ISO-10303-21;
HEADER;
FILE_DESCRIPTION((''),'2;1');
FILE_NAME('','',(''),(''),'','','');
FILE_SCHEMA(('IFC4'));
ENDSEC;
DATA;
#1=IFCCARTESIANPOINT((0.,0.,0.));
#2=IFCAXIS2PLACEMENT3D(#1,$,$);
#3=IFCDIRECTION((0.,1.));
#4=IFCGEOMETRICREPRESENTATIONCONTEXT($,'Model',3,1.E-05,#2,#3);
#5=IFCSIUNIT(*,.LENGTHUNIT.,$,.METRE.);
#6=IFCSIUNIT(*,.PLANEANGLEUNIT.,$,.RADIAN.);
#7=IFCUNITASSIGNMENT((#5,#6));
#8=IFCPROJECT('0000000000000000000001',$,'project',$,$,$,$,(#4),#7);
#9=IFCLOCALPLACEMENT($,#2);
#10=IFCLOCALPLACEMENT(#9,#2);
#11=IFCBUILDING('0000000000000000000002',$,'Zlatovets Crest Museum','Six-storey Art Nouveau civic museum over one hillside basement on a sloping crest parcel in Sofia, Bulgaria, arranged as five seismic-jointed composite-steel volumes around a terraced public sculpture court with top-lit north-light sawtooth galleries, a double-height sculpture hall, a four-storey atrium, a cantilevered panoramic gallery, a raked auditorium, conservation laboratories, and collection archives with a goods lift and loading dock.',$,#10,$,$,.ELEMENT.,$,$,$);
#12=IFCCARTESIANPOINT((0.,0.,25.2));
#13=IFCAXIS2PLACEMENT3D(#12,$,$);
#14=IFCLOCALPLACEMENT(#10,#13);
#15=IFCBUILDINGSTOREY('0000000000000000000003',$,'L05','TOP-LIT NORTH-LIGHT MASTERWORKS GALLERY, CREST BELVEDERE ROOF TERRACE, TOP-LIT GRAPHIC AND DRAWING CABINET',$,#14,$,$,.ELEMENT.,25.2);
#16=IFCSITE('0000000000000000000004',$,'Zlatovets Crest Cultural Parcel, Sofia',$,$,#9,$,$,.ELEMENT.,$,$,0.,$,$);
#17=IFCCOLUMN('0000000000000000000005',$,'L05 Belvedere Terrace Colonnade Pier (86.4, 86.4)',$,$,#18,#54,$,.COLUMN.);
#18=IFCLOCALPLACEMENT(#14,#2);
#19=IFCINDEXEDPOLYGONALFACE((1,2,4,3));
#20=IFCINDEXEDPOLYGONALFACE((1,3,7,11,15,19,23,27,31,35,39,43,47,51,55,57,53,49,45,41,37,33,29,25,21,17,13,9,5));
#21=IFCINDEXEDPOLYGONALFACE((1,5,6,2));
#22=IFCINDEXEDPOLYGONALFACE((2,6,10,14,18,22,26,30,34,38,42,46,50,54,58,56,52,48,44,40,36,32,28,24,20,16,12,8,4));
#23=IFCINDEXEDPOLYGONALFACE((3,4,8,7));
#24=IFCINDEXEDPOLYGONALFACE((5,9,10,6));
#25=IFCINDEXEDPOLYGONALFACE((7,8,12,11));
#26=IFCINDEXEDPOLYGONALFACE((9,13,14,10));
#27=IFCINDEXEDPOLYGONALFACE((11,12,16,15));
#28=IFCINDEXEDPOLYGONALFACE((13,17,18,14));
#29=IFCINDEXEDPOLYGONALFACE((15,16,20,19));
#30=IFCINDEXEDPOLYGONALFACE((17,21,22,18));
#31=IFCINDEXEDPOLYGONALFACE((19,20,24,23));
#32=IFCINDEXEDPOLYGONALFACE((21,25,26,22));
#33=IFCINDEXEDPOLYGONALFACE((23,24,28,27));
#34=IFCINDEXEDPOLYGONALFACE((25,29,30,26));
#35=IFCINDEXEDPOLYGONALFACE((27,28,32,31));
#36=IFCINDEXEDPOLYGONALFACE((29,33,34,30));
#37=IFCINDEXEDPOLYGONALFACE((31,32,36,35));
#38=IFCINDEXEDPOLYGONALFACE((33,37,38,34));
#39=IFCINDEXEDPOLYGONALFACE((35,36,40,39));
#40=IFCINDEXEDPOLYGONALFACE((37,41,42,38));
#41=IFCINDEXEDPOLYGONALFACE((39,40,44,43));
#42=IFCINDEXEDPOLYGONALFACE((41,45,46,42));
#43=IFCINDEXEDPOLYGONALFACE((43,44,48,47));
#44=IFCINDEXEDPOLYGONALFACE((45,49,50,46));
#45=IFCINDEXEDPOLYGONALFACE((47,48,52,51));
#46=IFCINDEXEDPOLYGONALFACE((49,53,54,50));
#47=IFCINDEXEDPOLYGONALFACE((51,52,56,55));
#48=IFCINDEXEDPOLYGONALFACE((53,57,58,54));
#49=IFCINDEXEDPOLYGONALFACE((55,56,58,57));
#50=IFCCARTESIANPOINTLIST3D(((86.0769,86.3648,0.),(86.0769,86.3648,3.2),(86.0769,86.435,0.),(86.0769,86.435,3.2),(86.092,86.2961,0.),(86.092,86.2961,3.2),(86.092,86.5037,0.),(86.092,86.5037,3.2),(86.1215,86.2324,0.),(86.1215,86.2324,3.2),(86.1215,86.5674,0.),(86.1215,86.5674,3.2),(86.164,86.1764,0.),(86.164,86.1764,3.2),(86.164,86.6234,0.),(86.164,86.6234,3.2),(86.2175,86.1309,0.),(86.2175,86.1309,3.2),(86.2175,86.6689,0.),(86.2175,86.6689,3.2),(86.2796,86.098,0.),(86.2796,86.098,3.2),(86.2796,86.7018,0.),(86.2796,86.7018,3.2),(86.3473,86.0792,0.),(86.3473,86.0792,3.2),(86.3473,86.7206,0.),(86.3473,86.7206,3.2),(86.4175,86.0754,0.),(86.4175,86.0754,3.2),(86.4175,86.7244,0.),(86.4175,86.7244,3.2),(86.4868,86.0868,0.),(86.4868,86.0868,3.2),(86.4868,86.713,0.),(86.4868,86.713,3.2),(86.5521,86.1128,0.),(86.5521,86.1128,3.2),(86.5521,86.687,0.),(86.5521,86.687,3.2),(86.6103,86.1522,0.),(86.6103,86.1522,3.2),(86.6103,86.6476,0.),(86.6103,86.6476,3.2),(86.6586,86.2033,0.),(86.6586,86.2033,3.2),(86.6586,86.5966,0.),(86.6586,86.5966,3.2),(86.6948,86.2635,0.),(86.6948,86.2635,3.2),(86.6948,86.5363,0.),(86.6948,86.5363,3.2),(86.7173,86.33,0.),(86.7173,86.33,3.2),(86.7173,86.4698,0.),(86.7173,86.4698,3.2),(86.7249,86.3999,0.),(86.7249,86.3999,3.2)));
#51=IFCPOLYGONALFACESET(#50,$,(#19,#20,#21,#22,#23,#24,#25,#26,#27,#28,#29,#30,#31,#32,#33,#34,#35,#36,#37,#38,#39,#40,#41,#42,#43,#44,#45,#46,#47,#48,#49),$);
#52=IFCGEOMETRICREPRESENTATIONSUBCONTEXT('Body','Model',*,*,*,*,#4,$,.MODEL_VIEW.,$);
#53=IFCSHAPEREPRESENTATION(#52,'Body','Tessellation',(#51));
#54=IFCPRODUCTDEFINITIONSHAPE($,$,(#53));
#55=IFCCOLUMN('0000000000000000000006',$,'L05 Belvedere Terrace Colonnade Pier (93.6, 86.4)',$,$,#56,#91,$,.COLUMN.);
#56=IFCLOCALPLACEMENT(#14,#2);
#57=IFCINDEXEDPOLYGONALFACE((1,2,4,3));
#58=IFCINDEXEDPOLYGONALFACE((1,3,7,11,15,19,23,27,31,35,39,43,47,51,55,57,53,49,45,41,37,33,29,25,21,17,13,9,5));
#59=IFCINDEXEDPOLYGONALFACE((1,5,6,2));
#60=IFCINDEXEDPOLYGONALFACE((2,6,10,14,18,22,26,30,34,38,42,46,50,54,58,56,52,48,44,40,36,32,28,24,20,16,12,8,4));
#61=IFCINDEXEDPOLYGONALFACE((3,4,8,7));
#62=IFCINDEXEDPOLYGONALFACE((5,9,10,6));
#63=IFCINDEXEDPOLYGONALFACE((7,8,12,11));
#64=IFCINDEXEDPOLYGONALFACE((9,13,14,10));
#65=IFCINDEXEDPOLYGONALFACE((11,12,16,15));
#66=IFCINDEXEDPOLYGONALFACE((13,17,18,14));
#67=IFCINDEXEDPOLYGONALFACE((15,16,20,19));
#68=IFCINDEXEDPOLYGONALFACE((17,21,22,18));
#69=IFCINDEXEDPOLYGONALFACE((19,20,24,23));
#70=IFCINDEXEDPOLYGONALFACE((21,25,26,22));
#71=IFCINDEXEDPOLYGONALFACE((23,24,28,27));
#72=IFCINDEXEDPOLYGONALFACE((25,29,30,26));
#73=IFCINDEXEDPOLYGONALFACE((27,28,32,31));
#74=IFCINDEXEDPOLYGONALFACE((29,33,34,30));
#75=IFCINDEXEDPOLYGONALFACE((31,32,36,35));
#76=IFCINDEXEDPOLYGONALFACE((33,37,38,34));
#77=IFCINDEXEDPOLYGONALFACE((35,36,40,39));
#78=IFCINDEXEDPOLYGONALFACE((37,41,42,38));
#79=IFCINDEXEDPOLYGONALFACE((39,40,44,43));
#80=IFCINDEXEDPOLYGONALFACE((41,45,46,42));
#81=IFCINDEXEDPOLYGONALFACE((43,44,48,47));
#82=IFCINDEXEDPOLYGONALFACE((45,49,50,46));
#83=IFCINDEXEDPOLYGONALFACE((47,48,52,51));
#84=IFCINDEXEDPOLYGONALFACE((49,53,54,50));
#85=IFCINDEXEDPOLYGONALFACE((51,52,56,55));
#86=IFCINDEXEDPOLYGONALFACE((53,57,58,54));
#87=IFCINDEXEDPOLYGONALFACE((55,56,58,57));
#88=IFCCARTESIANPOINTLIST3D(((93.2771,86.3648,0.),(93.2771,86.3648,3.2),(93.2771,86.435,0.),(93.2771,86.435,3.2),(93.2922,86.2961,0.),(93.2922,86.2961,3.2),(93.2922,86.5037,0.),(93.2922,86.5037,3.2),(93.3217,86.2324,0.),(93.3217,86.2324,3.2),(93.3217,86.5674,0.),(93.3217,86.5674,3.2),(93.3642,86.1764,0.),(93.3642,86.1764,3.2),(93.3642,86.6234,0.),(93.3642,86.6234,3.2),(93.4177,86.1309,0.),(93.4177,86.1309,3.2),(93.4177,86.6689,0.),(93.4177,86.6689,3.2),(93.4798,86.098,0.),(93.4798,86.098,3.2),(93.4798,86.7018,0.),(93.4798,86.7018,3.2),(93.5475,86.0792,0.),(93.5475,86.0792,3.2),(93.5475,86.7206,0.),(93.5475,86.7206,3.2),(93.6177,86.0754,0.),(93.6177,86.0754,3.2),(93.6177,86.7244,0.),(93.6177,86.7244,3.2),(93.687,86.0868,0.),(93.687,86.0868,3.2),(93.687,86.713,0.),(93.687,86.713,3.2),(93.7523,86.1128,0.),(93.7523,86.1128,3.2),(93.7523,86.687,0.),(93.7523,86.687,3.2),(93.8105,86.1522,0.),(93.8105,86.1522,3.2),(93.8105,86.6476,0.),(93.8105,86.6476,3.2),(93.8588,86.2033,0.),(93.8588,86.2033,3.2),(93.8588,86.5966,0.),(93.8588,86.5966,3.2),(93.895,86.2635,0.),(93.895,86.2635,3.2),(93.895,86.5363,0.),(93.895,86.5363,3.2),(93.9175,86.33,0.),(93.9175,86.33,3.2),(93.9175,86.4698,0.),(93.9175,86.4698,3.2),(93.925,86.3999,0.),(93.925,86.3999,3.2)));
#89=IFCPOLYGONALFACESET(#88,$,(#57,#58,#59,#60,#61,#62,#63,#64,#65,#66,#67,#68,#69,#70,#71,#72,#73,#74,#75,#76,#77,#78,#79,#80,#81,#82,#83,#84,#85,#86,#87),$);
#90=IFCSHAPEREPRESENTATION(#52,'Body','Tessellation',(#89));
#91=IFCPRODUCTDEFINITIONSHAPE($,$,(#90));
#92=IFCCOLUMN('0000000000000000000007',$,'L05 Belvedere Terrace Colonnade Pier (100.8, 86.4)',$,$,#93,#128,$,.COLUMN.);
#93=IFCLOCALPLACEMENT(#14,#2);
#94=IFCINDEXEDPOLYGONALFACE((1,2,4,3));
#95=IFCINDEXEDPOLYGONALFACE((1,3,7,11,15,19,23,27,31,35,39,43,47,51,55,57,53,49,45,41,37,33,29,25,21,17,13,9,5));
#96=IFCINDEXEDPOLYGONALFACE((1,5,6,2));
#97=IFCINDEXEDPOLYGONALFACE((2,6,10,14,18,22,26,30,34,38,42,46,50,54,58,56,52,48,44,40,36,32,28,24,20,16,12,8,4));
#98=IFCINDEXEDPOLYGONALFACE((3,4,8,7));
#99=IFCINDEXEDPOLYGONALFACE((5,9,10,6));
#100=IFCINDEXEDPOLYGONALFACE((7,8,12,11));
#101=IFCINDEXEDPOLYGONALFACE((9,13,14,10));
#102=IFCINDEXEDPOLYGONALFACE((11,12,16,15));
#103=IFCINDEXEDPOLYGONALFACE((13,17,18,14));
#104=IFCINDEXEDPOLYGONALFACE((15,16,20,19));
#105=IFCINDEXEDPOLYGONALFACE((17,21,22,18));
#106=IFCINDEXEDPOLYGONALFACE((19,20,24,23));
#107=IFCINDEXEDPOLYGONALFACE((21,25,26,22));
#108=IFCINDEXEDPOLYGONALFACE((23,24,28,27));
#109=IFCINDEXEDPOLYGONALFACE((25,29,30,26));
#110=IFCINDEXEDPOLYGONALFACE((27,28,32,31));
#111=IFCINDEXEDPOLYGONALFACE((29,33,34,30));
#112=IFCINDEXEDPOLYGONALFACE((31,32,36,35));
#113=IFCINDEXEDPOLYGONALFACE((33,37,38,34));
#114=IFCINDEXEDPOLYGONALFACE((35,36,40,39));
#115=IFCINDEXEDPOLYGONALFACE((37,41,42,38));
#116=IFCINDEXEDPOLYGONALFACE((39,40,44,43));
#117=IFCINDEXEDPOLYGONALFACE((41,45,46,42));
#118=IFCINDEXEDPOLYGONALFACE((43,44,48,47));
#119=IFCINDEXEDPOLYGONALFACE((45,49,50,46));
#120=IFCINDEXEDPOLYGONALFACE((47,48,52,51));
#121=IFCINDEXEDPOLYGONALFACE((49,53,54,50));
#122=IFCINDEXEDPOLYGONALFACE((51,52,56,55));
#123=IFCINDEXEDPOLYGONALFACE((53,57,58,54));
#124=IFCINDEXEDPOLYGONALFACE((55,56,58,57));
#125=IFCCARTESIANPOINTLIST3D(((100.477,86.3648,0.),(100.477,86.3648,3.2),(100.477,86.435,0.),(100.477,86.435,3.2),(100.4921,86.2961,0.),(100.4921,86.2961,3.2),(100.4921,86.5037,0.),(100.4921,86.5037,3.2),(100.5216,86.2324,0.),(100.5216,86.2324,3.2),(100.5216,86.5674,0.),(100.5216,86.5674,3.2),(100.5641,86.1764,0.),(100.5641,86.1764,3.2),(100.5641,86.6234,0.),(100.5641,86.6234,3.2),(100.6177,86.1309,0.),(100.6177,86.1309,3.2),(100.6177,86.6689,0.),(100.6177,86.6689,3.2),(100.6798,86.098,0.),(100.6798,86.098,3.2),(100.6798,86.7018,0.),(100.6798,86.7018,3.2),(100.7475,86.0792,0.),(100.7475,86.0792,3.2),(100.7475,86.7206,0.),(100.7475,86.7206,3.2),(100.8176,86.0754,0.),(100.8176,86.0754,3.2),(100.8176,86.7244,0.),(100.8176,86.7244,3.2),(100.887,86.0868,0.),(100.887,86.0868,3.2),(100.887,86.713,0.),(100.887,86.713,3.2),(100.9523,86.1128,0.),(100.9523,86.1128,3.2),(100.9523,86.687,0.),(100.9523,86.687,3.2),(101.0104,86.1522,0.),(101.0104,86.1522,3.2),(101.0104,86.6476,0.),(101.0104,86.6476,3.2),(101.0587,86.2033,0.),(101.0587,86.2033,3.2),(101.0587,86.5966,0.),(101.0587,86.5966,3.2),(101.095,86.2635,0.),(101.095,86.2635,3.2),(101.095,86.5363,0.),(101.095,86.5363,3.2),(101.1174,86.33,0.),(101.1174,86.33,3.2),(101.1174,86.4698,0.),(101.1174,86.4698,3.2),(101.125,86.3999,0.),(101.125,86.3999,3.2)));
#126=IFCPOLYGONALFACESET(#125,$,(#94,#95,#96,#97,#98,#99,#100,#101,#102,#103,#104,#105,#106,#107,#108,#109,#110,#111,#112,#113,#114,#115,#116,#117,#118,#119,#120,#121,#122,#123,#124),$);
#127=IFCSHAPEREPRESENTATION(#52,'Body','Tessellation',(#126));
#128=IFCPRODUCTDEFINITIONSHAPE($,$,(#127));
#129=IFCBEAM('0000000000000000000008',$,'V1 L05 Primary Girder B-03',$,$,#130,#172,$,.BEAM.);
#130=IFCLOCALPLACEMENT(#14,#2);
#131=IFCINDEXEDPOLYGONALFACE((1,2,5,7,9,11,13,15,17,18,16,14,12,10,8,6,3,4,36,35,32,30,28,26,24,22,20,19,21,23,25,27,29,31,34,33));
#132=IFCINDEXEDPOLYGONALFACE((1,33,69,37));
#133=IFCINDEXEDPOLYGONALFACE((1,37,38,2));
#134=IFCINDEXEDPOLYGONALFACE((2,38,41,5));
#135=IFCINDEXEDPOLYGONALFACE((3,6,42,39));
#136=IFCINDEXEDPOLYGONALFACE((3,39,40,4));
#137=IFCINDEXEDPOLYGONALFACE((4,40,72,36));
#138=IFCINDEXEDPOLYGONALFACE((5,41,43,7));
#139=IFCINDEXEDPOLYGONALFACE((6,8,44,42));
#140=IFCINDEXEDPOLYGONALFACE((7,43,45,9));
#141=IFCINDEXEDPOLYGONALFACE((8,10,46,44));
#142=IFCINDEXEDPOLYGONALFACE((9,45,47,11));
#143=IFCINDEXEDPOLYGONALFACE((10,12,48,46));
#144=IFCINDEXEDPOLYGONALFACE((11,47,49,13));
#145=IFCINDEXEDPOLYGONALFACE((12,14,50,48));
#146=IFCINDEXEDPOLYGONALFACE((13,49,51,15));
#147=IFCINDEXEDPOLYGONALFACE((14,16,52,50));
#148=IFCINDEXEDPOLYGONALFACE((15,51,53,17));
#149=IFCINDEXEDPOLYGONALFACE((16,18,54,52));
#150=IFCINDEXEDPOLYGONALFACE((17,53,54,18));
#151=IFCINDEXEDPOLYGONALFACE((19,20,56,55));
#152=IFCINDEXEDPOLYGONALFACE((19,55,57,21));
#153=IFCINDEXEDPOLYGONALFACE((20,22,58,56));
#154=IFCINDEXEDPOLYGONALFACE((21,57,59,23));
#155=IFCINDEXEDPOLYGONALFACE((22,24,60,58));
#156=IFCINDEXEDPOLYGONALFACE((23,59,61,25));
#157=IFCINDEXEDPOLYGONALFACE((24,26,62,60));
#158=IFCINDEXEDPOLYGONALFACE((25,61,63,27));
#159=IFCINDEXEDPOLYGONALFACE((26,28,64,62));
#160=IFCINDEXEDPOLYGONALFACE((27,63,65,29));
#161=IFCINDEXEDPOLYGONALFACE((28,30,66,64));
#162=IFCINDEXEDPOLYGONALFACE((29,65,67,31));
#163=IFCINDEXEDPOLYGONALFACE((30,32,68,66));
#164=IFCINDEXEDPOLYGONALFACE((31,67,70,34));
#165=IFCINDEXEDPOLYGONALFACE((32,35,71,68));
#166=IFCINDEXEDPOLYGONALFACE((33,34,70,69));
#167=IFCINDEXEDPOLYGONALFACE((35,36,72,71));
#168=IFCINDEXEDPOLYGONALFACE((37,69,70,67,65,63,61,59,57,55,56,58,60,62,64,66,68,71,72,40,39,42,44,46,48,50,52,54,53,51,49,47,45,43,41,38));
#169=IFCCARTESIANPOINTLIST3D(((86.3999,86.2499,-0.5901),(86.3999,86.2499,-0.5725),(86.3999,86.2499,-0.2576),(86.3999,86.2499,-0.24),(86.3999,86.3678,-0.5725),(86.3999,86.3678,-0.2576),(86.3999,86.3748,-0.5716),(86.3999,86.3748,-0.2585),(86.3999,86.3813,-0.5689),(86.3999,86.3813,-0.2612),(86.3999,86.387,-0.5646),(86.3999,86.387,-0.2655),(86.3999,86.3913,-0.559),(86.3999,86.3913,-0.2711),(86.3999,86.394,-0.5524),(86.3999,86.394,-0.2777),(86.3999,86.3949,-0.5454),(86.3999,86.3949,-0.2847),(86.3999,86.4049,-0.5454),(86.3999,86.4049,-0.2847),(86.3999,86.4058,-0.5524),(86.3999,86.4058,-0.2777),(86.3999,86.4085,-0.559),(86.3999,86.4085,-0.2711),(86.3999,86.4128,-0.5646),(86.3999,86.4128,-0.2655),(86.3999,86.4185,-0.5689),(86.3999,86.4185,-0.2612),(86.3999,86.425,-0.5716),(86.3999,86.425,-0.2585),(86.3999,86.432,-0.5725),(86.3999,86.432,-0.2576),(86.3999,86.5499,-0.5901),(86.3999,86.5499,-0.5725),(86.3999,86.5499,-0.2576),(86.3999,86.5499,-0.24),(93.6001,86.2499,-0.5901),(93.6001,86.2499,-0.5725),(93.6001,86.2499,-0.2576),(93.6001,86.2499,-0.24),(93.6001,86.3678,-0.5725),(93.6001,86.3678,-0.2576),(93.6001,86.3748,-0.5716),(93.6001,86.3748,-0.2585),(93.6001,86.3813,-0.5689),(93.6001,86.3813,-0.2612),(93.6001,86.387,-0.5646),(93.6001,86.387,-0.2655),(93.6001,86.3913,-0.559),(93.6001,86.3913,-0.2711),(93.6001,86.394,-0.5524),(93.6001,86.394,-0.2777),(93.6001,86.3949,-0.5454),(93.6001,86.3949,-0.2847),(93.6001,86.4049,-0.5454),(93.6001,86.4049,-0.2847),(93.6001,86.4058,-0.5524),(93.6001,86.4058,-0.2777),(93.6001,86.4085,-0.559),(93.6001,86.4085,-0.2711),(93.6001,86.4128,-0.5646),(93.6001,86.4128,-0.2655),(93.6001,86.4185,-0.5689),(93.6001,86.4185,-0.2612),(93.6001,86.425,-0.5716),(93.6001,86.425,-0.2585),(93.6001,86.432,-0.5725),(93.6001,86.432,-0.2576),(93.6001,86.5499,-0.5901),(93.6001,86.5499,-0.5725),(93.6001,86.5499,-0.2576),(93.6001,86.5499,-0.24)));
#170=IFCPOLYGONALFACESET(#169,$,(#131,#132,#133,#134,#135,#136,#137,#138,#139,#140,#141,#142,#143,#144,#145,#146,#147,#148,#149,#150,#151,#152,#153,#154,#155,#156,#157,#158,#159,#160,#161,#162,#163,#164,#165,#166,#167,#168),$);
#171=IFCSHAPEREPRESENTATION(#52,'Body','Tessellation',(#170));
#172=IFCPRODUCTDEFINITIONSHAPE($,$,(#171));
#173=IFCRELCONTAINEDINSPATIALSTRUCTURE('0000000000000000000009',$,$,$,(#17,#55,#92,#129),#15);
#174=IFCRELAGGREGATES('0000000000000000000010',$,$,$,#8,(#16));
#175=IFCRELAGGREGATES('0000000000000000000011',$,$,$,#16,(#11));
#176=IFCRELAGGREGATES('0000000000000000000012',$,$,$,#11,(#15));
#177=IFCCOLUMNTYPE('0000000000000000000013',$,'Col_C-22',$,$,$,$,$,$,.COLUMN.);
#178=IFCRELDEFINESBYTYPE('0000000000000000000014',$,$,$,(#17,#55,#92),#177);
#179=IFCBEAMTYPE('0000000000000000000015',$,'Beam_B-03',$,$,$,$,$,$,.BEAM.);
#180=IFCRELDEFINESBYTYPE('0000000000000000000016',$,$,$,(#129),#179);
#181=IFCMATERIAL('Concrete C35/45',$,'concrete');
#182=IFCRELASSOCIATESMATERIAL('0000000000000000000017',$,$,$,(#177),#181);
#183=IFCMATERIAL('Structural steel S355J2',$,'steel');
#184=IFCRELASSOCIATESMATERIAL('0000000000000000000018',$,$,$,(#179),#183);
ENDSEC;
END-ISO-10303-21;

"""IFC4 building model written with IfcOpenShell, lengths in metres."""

from ifc_helpers import new_model, si_unit, direction, frame, origin, origin_2d, place, context, subcontext, project, spatial, circle, i_section, extrude, material, material_profile, profile_set, type_object, element, save


model = new_model("IFC4")

# Units and contexts
model_context = context("Model", 3, precision=1e-05, world=origin(), true_north=direction((0.0, 1.0)))
body_context = subcontext(model_context, "Body", "Model", "MODEL_VIEW")
ifc_project = project(units=[si_unit("LENGTHUNIT", "METRE"), si_unit("PLANEANGLEUNIT", "RADIAN")], contexts=[model_context])

# Site, building, storey
site_placement = place(None, origin())
site = spatial("IfcSite", under=ifc_project, at=site_placement, Name="Zlatovets Crest Cultural Parcel, Sofia", CompositionType="ELEMENT", RefElevation=0.0)
building_placement = place(site_placement, origin())
building = spatial("IfcBuilding", under=site, at=building_placement, Name="Zlatovets Crest Museum", Description="Six-storey Art Nouveau civic museum over one hillside basement on a sloping crest parcel in Sofia, Bulgaria, arranged as five seismic-jointed composite-steel volumes around a terraced public sculpture court with top-lit north-light sawtooth galleries, a double-height sculpture hall, a four-storey atrium, a cantilevered panoramic gallery, a raked auditorium, conservation laboratories, and collection archives with a goods lift and loading dock.", CompositionType="ELEMENT")
storey_placement = place(building_placement, frame((0.0, 0.0, 25.2)))
storey = spatial("IfcBuildingStorey", under=building, at=storey_placement, Name="L05", Description="TOP-LIT NORTH-LIGHT MASTERWORKS GALLERY, CREST BELVEDERE ROOF TERRACE, TOP-LIT GRAPHIC AND DRAWING CABINET", CompositionType="ELEMENT", Elevation=25.2)

# Columns
ifc_material_1 = material(Name="Concrete C35/45", Category="concrete")
ifc_material_profile_1 = material_profile(ifc_material_1, circle(Radius=0.325, at=origin_2d()), Name="RC D650")
ifc_profile_set_1 = profile_set([ifc_material_profile_1], Name="Concrete C35/45")
column_type = type_object("IfcColumnType", Name="Col_C-22", PredefinedType="COLUMN", material=ifc_profile_set_1)
for number, where, z_axis, x_axis, name in (
    (1, (86.3999, 86.3999, 0.0), (0.0, 0.0, 1.0), (1.0, 0.0, 0.0), "L05 Belvedere Terrace Colonnade Pier (86.4, 86.4)"),
    (2, (93.6001, 86.3999, 0.0), (0.0, 0.0, 1.0), (1.0, 0.0, 0.0), "L05 Belvedere Terrace Colonnade Pier (93.6, 86.4)"),
    (3, (100.8, 86.3999, 0.0), (0.0, 0.0, 1.0), (1.0, 0.0, 0.0), "L05 Belvedere Terrace Colonnade Pier (100.8, 86.4)"),
):
    element("IfcColumn", number, at=place(storey_placement, frame(where, z_axis=z_axis, x_axis=x_axis)), inside=storey, type_object=column_type, Name=name, PredefinedType="COLUMN", context=body_context, shape_type="SweptSolid", body=[
        extrude(circle(Radius=0.325, at=origin_2d()), origin(), (0.0, 0.0, 1.0), 3.2),
    ])

# Beam
ifc_material_2 = material(Name="Structural steel S355J2", Category="steel")
ifc_material_profile_2 = material_profile(ifc_material_2, i_section(OverallWidth=0.3, OverallDepth=0.3501, WebThickness=0.01, FlangeThickness=0.0176, FilletRadius=0.0271, at=origin_2d()), Name="HEA 360")
ifc_profile_set_2 = profile_set([ifc_material_profile_2], Name="Structural steel S355J2")
beam_type_1 = type_object("IfcBeamType", Name="Beam_B-03", PredefinedType="BEAM", material=ifc_profile_set_2)
beam_1_placement = place(storey_placement, frame((86.3999, 86.3999, -0.415), z_axis=(1.0, 0.0, 0.0), x_axis=(0.0, 1.0, 0.0)))
element("IfcBeam", 4, at=beam_1_placement, inside=storey, type_object=beam_type_1, Name="V1 L05 Primary Girder B-03", PredefinedType="BEAM", context=body_context, shape_type="SweptSolid", body=[
    extrude(i_section(OverallWidth=0.3, OverallDepth=0.3501, WebThickness=0.01, FlangeThickness=0.0176, FilletRadius=0.0271, at=origin_2d()), origin(), (0.0, 0.0, 1.0), 7.2002),
])

save(model, "model.ifc")
